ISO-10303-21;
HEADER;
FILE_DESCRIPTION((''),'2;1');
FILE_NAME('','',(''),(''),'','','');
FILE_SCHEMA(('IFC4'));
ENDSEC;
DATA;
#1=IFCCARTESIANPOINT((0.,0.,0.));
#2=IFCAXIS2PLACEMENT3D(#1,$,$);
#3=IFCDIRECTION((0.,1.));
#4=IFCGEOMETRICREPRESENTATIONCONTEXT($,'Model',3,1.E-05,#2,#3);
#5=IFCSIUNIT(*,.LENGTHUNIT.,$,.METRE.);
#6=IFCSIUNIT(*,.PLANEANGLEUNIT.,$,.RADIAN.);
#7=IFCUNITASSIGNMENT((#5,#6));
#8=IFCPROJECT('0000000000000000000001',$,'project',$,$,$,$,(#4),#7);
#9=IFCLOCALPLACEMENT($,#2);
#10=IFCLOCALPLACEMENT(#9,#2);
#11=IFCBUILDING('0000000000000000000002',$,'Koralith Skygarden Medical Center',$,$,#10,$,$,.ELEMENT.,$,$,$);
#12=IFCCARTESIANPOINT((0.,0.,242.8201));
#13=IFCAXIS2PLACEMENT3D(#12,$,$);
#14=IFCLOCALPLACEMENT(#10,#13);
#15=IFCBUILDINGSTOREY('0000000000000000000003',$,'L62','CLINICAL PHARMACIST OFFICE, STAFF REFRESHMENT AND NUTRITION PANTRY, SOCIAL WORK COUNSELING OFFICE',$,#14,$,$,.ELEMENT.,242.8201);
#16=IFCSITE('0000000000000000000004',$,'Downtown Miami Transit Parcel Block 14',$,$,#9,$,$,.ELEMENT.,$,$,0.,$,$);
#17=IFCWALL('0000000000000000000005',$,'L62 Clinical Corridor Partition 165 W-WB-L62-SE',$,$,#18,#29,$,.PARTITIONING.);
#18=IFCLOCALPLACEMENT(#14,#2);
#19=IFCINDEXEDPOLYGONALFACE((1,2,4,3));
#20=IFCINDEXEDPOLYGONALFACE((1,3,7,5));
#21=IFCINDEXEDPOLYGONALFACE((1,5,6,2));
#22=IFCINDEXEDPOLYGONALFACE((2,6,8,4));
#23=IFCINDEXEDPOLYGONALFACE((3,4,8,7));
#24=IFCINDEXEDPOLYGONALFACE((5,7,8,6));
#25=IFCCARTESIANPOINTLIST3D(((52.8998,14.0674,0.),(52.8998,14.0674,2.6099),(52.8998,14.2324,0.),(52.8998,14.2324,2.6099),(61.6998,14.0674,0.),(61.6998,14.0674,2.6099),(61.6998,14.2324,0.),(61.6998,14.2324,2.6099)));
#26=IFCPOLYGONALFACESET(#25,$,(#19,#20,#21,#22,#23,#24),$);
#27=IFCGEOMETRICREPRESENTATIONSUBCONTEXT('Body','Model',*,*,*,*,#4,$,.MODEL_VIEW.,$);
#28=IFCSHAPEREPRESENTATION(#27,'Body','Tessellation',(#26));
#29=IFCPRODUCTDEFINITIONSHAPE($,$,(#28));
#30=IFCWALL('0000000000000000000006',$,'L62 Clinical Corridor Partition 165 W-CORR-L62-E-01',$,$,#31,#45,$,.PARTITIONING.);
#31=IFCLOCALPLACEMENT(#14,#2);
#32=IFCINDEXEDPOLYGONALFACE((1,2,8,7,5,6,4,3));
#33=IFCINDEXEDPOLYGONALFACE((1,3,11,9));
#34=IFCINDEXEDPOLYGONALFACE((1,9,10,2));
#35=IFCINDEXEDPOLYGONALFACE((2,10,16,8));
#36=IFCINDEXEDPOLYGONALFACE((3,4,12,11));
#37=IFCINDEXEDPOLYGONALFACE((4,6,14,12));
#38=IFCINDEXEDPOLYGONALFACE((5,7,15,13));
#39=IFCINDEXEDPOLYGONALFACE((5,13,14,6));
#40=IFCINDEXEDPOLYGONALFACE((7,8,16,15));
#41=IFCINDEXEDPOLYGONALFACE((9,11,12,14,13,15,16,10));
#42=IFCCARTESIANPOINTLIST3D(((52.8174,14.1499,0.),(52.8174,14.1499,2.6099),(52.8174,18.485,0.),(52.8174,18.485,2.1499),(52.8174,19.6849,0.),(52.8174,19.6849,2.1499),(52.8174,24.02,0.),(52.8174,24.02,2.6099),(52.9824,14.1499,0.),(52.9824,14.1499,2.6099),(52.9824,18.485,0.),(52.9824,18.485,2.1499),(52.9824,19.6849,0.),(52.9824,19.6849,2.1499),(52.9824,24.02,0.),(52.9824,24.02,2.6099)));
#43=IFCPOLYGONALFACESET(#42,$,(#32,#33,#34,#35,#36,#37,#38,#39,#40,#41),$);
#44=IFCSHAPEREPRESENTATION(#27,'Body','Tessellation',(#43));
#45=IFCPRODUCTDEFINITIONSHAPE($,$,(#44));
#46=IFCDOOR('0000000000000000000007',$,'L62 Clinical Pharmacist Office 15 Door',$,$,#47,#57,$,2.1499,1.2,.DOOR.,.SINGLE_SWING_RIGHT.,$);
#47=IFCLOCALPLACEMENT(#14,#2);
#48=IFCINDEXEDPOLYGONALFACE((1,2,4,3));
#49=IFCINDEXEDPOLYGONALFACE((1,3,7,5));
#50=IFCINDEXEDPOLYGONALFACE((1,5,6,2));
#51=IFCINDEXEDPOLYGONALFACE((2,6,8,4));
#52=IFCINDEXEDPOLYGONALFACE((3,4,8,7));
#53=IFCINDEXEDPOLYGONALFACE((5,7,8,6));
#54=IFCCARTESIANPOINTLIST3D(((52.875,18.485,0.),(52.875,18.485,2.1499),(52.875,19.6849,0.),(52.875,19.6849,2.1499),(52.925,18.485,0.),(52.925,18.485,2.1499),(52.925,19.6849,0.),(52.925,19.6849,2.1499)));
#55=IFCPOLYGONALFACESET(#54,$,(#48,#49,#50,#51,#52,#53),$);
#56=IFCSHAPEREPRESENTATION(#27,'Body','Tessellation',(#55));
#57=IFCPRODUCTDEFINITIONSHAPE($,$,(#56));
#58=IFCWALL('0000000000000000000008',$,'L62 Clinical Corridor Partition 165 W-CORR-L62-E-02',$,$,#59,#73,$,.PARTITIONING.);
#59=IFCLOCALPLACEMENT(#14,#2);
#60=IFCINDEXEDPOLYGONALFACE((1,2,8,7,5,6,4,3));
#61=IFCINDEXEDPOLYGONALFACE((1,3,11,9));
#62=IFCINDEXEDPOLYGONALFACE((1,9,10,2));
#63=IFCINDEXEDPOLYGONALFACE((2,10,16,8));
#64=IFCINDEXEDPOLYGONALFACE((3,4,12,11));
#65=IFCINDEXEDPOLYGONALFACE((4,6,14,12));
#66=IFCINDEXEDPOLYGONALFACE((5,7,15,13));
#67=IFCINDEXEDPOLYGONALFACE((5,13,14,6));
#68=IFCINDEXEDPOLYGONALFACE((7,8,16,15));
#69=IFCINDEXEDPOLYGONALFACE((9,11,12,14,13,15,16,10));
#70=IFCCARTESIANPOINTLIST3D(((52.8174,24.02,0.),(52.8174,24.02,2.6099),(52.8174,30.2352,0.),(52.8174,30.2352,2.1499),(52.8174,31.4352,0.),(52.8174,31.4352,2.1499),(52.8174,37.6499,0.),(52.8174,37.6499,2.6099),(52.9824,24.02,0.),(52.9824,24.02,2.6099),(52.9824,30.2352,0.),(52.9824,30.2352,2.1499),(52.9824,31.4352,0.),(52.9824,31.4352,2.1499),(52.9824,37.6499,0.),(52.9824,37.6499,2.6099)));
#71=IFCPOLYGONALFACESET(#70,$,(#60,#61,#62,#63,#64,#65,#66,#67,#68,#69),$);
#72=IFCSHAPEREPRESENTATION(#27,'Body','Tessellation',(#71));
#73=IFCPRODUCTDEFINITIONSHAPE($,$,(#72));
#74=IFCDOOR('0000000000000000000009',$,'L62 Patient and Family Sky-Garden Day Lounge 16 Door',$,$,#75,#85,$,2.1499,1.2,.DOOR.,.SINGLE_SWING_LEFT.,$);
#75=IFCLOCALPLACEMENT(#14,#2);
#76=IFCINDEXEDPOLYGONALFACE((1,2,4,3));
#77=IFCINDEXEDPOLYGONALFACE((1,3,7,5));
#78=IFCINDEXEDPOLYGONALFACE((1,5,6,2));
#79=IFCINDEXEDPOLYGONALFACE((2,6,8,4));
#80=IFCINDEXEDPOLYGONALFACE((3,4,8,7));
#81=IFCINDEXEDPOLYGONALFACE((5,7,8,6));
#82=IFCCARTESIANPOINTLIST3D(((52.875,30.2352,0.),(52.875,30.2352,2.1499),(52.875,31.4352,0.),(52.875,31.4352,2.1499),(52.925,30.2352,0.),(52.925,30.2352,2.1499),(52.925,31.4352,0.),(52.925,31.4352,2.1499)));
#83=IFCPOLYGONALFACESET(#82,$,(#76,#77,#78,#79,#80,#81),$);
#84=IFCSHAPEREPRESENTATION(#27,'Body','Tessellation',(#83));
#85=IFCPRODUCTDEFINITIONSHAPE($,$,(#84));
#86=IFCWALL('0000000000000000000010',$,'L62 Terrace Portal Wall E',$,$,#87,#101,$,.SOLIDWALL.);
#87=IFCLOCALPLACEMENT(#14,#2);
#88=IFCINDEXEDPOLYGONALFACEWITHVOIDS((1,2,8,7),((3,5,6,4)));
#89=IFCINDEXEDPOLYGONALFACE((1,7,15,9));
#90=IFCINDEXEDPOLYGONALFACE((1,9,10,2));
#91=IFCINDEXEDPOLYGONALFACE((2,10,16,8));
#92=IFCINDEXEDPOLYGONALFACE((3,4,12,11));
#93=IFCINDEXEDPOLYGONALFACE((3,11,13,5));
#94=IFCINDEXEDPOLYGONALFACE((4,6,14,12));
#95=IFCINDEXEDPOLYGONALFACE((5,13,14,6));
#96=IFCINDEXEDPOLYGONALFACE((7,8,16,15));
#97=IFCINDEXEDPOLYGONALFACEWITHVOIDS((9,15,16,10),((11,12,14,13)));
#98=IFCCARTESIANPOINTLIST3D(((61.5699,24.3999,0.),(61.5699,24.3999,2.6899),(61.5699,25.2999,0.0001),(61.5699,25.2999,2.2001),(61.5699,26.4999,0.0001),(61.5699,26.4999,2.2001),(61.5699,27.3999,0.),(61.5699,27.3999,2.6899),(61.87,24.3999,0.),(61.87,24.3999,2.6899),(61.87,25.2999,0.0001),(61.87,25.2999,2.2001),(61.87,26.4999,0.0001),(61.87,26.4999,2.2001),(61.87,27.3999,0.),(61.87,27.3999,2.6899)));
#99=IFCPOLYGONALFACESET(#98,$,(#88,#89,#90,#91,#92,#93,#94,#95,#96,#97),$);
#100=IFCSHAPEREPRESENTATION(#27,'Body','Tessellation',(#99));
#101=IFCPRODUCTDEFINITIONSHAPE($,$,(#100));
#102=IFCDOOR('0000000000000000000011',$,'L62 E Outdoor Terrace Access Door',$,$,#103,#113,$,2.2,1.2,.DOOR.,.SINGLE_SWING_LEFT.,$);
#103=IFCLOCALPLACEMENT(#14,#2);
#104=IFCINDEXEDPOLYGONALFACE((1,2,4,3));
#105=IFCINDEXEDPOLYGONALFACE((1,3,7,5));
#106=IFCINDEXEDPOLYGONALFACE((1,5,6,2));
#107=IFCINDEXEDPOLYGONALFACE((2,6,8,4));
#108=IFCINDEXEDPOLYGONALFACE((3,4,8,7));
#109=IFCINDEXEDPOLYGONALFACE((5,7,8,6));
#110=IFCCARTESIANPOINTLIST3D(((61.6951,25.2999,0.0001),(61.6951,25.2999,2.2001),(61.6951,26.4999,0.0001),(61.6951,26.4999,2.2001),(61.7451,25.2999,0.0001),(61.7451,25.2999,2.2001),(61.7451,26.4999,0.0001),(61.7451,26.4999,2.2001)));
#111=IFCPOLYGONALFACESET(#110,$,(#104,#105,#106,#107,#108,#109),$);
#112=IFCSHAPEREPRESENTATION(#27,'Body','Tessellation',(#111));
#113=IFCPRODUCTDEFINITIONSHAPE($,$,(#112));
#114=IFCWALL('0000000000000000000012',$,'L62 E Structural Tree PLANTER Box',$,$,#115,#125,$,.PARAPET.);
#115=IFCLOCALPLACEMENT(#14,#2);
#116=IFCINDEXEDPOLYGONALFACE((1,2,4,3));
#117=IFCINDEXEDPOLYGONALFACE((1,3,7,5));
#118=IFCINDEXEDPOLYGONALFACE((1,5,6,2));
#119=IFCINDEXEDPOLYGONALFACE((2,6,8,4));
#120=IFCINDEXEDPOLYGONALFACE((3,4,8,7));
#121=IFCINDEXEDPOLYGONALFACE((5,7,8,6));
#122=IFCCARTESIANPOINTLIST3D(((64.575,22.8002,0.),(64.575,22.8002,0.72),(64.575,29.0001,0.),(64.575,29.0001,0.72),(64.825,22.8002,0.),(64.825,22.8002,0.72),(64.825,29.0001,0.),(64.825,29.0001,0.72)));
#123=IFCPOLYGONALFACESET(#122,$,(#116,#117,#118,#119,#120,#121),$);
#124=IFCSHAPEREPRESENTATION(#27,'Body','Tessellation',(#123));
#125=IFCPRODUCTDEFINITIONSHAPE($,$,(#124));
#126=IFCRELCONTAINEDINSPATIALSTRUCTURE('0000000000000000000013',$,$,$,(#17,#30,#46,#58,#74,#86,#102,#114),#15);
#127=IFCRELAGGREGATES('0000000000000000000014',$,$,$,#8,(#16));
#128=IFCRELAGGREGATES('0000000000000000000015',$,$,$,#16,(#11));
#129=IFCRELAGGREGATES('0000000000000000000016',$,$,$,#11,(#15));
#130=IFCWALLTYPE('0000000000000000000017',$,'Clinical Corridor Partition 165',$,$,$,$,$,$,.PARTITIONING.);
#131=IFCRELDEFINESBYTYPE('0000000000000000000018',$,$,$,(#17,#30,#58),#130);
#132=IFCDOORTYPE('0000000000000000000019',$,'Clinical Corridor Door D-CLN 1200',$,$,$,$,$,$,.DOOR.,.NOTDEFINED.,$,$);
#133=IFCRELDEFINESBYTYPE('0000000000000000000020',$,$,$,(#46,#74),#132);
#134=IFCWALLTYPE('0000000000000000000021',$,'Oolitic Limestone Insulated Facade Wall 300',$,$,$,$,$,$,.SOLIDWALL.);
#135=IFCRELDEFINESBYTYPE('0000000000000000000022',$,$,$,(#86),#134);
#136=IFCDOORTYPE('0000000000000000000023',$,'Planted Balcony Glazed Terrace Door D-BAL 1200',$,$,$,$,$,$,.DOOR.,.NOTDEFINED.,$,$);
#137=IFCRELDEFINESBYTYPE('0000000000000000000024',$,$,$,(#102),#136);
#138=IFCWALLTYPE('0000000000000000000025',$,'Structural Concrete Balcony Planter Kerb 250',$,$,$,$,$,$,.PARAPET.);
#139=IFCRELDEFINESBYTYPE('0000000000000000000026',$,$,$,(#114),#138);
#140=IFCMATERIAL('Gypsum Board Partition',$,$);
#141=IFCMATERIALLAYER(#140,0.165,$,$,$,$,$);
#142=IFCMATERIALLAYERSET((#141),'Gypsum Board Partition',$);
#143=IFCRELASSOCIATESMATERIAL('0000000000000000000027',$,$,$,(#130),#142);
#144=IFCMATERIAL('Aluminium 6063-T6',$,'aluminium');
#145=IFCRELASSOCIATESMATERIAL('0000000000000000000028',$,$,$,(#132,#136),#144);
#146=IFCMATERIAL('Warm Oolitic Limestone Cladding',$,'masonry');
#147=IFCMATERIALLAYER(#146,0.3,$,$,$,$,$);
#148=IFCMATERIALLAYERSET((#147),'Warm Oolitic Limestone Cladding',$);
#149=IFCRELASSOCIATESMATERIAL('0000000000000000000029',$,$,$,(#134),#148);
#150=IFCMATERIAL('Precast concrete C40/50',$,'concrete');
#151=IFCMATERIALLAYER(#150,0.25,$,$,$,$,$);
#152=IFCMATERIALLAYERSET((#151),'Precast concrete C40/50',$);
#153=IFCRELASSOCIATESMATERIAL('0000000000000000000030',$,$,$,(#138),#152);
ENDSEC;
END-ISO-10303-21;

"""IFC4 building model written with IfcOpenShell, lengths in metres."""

from ifc_helpers import new_model, si_unit, direction, frame, frame_2d, origin, place, context, subcontext, project, spatial, rectangle, extrude, material, layer, layer_set, type_object, element, fill, save


model = new_model("IFC4")

# Units and contexts
model_context = context("Model", 3, precision=1e-05, world=origin(), true_north=direction((0.0, 1.0)))
body_context = subcontext(model_context, "Body", "Model", "MODEL_VIEW")
ifc_project = project(units=[si_unit("LENGTHUNIT", "METRE"), si_unit("PLANEANGLEUNIT", "RADIAN")], contexts=[model_context])

# Site, building, storey
site_placement = place(None, origin())
site = spatial("IfcSite", under=ifc_project, at=site_placement, Name="Downtown Miami Transit Parcel Block 14", CompositionType="ELEMENT", RefElevation=0.0)
building_placement = place(site_placement, origin())
building = spatial("IfcBuilding", under=site, at=building_placement, Name="Koralith Skygarden Medical Center", CompositionType="ELEMENT")
storey_placement = place(building_placement, frame((0.0, 0.0, 242.8201)))
storey = spatial("IfcBuildingStorey", under=building, at=storey_placement, Name="L62", Description="CLINICAL PHARMACIST OFFICE, STAFF REFRESHMENT AND NUTRITION PANTRY, SOCIAL WORK COUNSELING OFFICE", CompositionType="ELEMENT", Elevation=242.8201)

# Shared definitions
ifc_material_1 = material(Name="Aluminium 6063-T6", Category="aluminium")

# Wall
ifc_material_2 = material(Name="Gypsum Board Partition")
ifc_layer_1 = layer(ifc_material_2, 0.165)
ifc_layer_set_1 = layer_set([ifc_layer_1], Name="Gypsum Board Partition")
wall_type_1 = type_object("IfcWallType", Name="Clinical Corridor Partition 165", PredefinedType="PARTITIONING", material=ifc_layer_set_1)
wall_1_placement = place(storey_placement, frame((52.8999, 14.1499, 0.0), z_axis=(0.0, 0.0, 1.0), x_axis=(1.0, 0.0, 0.0)))
element("IfcWall", 1, at=wall_1_placement, inside=storey, type_object=wall_type_1, Name="L62 Clinical Corridor Partition 165 W-WB-L62-SE", PredefinedType="PARTITIONING", context=body_context, shape_type="SweptSolid", body=[
    extrude(rectangle(XDim=8.8, YDim=0.165, at=frame_2d((4.3999, 0.0))), origin(), (0.0, 0.0, 1.0), 2.6099),
])

# Walls, openings, doors
wall_2_placement = place(storey_placement, frame((52.8999, 14.1499, 0.0), z_axis=(0.0, 0.0, 1.0), x_axis=(0.0, 1.0, 0.0)))
wall_2 = element("IfcWall", 2, at=wall_2_placement, inside=storey, type_object=wall_type_1, Name="L62 Clinical Corridor Partition 165 W-CORR-L62-E-01", PredefinedType="PARTITIONING", context=body_context, shape_type="SweptSolid", body=[
    extrude(rectangle(XDim=9.8701, YDim=0.165, at=frame_2d((4.9351, 0.0))), origin(), (0.0, 0.0, 1.0), 2.6099),
])
opening_1_placement = place(wall_2_placement, frame((4.335, 0.0, 0.0)))
opening_1 = element("IfcOpeningElement", 3, at=opening_1_placement, cuts=wall_2, PredefinedType="OPENING", context=body_context, shape_type="SweptSolid", body=[
    extrude(rectangle(XDim=1.2, YDim=2.1499, at=frame_2d((0.6001, 1.075))), frame((0.0, 0.0925, 0.0), z_axis=(0.0, -1.0, 0.0), x_axis=(1.0, 0.0, 0.0)), (0.0, 0.0, 1.0), 0.1851),
])
door_type_1 = type_object("IfcDoorType", Name="Clinical Corridor Door D-CLN 1200", OperationType="NOTDEFINED", PredefinedType="DOOR", material=ifc_material_1)
door_1_placement = place(opening_1_placement, origin())
door_1 = element("IfcDoor", 4, at=door_1_placement, inside=storey, type_object=door_type_1, Name="L62 Clinical Pharmacist Office 15 Door", OperationType="SINGLE_SWING_RIGHT", OverallHeight=2.1499, OverallWidth=1.2, PredefinedType="DOOR", context=body_context, shape_type="SweptSolid", body=[
    extrude(rectangle(XDim=1.2, YDim=2.1499, at=frame_2d((0.6001, 1.075))), frame((0.0, 0.0249, 0.0), z_axis=(0.0, -1.0, 0.0), x_axis=(1.0, 0.0, 0.0)), (0.0, 0.0, 1.0), 0.05),
])
fill(opening_1, door_1)
wall_3_placement = place(storey_placement, frame((52.8999, 24.02, 0.0), z_axis=(0.0, 0.0, 1.0), x_axis=(0.0, 1.0, 0.0)))
wall_3 = element("IfcWall", 5, at=wall_3_placement, inside=storey, type_object=wall_type_1, Name="L62 Clinical Corridor Partition 165 W-CORR-L62-E-02", PredefinedType="PARTITIONING", context=body_context, shape_type="SweptSolid", body=[
    extrude(rectangle(XDim=13.6299, YDim=0.165, at=frame_2d((6.8149, 0.0))), origin(), (0.0, 0.0, 1.0), 2.6099),
])
opening_2_placement = place(wall_3_placement, frame((6.2151, 0.0, 0.0)))
opening_2 = element("IfcOpeningElement", 6, at=opening_2_placement, cuts=wall_3, PredefinedType="OPENING", context=body_context, shape_type="SweptSolid", body=[
    extrude(rectangle(XDim=1.2, YDim=2.1499, at=frame_2d((0.6001, 1.075))), frame((0.0, 0.0925, 0.0), z_axis=(0.0, -1.0, 0.0), x_axis=(1.0, 0.0, 0.0)), (0.0, 0.0, 1.0), 0.1851),
])
door_2_placement = place(opening_2_placement, origin())
door_2 = element("IfcDoor", 7, at=door_2_placement, inside=storey, type_object=door_type_1, Name="L62 Patient and Family Sky-Garden Day Lounge 16 Door", OperationType="SINGLE_SWING_LEFT", OverallHeight=2.1499, OverallWidth=1.2, PredefinedType="DOOR", context=body_context, shape_type="SweptSolid", body=[
    extrude(rectangle(XDim=1.2, YDim=2.1499, at=frame_2d((0.6001, 1.075))), frame((0.0, 0.0249, 0.0), z_axis=(0.0, -1.0, 0.0), x_axis=(1.0, 0.0, 0.0)), (0.0, 0.0, 1.0), 0.05),
])
fill(opening_2, door_2)
ifc_material_3 = material(Name="Warm Oolitic Limestone Cladding", Category="masonry")
ifc_layer_2 = layer(ifc_material_3, 0.3)
ifc_layer_set_2 = layer_set([ifc_layer_2], Name="Warm Oolitic Limestone Cladding")
wall_type_2 = type_object("IfcWallType", Name="Oolitic Limestone Insulated Facade Wall 300", PredefinedType="SOLIDWALL", material=ifc_layer_set_2)
wall_4_placement = place(storey_placement, frame((61.72, 24.3999, 0.0), z_axis=(0.0, 0.0, 1.0), x_axis=(0.0, 1.0, 0.0)))
wall_4 = element("IfcWall", 8, at=wall_4_placement, inside=storey, type_object=wall_type_2, Name="L62 Terrace Portal Wall E", PredefinedType="SOLIDWALL", context=body_context, shape_type="SweptSolid", body=[
    extrude(rectangle(XDim=3.0, YDim=0.3, at=frame_2d((1.5, 0.0))), origin(), (0.0, 0.0, 1.0), 2.6899),
])
opening_3_placement = place(wall_4_placement, frame((0.8999, 0.0, 0.0)))
opening_3 = element("IfcOpeningElement", 9, at=opening_3_placement, cuts=wall_4, PredefinedType="OPENING", context=body_context, shape_type="SweptSolid", body=[
    extrude(rectangle(XDim=1.2, YDim=2.2, at=frame_2d((0.6001, 1.1001))), frame((0.0, 0.1599, 0.0), z_axis=(0.0, -1.0, 0.0), x_axis=(1.0, 0.0, 0.0)), (0.0, 0.0, 1.0), 0.3201),
])
door_type_2 = type_object("IfcDoorType", Name="Planted Balcony Glazed Terrace Door D-BAL 1200", OperationType="NOTDEFINED", PredefinedType="DOOR", material=ifc_material_1)
door_3_placement = place(opening_3_placement, origin())
door_3 = element("IfcDoor", 10, at=door_3_placement, inside=storey, type_object=door_type_2, Name="L62 E Outdoor Terrace Access Door", OperationType="SINGLE_SWING_LEFT", OverallHeight=2.2, OverallWidth=1.2, PredefinedType="DOOR", context=body_context, shape_type="SweptSolid", body=[
    extrude(rectangle(XDim=1.2, YDim=2.2, at=frame_2d((0.6001, 1.1001))), frame((0.0, 0.0249, 0.0), z_axis=(0.0, -1.0, 0.0), x_axis=(1.0, 0.0, 0.0)), (0.0, 0.0, 1.0), 0.05),
])
fill(opening_3, door_3)

# Wall
ifc_material_4 = material(Name="Precast concrete C40/50", Category="concrete")
ifc_layer_3 = layer(ifc_material_4, 0.25)
ifc_layer_set_3 = layer_set([ifc_layer_3], Name="Precast concrete C40/50")
wall_type_3 = type_object("IfcWallType", Name="Structural Concrete Balcony Planter Kerb 250", PredefinedType="PARAPET", material=ifc_layer_set_3)
wall_5_placement = place(storey_placement, frame((64.7, 22.8, 0.0), z_axis=(0.0, 0.0, 1.0), x_axis=(0.0, 1.0, 0.0)))
element("IfcWall", 11, at=wall_5_placement, inside=storey, type_object=wall_type_3, Name="L62 E Structural Tree PLANTER Box", PredefinedType="PARAPET", context=body_context, shape_type="SweptSolid", body=[
    extrude(rectangle(XDim=6.2, YDim=0.25, at=frame_2d((3.1001, 0.0))), origin(), (0.0, 0.0, 1.0), 0.72),
])

save(model, "model.ifc")
